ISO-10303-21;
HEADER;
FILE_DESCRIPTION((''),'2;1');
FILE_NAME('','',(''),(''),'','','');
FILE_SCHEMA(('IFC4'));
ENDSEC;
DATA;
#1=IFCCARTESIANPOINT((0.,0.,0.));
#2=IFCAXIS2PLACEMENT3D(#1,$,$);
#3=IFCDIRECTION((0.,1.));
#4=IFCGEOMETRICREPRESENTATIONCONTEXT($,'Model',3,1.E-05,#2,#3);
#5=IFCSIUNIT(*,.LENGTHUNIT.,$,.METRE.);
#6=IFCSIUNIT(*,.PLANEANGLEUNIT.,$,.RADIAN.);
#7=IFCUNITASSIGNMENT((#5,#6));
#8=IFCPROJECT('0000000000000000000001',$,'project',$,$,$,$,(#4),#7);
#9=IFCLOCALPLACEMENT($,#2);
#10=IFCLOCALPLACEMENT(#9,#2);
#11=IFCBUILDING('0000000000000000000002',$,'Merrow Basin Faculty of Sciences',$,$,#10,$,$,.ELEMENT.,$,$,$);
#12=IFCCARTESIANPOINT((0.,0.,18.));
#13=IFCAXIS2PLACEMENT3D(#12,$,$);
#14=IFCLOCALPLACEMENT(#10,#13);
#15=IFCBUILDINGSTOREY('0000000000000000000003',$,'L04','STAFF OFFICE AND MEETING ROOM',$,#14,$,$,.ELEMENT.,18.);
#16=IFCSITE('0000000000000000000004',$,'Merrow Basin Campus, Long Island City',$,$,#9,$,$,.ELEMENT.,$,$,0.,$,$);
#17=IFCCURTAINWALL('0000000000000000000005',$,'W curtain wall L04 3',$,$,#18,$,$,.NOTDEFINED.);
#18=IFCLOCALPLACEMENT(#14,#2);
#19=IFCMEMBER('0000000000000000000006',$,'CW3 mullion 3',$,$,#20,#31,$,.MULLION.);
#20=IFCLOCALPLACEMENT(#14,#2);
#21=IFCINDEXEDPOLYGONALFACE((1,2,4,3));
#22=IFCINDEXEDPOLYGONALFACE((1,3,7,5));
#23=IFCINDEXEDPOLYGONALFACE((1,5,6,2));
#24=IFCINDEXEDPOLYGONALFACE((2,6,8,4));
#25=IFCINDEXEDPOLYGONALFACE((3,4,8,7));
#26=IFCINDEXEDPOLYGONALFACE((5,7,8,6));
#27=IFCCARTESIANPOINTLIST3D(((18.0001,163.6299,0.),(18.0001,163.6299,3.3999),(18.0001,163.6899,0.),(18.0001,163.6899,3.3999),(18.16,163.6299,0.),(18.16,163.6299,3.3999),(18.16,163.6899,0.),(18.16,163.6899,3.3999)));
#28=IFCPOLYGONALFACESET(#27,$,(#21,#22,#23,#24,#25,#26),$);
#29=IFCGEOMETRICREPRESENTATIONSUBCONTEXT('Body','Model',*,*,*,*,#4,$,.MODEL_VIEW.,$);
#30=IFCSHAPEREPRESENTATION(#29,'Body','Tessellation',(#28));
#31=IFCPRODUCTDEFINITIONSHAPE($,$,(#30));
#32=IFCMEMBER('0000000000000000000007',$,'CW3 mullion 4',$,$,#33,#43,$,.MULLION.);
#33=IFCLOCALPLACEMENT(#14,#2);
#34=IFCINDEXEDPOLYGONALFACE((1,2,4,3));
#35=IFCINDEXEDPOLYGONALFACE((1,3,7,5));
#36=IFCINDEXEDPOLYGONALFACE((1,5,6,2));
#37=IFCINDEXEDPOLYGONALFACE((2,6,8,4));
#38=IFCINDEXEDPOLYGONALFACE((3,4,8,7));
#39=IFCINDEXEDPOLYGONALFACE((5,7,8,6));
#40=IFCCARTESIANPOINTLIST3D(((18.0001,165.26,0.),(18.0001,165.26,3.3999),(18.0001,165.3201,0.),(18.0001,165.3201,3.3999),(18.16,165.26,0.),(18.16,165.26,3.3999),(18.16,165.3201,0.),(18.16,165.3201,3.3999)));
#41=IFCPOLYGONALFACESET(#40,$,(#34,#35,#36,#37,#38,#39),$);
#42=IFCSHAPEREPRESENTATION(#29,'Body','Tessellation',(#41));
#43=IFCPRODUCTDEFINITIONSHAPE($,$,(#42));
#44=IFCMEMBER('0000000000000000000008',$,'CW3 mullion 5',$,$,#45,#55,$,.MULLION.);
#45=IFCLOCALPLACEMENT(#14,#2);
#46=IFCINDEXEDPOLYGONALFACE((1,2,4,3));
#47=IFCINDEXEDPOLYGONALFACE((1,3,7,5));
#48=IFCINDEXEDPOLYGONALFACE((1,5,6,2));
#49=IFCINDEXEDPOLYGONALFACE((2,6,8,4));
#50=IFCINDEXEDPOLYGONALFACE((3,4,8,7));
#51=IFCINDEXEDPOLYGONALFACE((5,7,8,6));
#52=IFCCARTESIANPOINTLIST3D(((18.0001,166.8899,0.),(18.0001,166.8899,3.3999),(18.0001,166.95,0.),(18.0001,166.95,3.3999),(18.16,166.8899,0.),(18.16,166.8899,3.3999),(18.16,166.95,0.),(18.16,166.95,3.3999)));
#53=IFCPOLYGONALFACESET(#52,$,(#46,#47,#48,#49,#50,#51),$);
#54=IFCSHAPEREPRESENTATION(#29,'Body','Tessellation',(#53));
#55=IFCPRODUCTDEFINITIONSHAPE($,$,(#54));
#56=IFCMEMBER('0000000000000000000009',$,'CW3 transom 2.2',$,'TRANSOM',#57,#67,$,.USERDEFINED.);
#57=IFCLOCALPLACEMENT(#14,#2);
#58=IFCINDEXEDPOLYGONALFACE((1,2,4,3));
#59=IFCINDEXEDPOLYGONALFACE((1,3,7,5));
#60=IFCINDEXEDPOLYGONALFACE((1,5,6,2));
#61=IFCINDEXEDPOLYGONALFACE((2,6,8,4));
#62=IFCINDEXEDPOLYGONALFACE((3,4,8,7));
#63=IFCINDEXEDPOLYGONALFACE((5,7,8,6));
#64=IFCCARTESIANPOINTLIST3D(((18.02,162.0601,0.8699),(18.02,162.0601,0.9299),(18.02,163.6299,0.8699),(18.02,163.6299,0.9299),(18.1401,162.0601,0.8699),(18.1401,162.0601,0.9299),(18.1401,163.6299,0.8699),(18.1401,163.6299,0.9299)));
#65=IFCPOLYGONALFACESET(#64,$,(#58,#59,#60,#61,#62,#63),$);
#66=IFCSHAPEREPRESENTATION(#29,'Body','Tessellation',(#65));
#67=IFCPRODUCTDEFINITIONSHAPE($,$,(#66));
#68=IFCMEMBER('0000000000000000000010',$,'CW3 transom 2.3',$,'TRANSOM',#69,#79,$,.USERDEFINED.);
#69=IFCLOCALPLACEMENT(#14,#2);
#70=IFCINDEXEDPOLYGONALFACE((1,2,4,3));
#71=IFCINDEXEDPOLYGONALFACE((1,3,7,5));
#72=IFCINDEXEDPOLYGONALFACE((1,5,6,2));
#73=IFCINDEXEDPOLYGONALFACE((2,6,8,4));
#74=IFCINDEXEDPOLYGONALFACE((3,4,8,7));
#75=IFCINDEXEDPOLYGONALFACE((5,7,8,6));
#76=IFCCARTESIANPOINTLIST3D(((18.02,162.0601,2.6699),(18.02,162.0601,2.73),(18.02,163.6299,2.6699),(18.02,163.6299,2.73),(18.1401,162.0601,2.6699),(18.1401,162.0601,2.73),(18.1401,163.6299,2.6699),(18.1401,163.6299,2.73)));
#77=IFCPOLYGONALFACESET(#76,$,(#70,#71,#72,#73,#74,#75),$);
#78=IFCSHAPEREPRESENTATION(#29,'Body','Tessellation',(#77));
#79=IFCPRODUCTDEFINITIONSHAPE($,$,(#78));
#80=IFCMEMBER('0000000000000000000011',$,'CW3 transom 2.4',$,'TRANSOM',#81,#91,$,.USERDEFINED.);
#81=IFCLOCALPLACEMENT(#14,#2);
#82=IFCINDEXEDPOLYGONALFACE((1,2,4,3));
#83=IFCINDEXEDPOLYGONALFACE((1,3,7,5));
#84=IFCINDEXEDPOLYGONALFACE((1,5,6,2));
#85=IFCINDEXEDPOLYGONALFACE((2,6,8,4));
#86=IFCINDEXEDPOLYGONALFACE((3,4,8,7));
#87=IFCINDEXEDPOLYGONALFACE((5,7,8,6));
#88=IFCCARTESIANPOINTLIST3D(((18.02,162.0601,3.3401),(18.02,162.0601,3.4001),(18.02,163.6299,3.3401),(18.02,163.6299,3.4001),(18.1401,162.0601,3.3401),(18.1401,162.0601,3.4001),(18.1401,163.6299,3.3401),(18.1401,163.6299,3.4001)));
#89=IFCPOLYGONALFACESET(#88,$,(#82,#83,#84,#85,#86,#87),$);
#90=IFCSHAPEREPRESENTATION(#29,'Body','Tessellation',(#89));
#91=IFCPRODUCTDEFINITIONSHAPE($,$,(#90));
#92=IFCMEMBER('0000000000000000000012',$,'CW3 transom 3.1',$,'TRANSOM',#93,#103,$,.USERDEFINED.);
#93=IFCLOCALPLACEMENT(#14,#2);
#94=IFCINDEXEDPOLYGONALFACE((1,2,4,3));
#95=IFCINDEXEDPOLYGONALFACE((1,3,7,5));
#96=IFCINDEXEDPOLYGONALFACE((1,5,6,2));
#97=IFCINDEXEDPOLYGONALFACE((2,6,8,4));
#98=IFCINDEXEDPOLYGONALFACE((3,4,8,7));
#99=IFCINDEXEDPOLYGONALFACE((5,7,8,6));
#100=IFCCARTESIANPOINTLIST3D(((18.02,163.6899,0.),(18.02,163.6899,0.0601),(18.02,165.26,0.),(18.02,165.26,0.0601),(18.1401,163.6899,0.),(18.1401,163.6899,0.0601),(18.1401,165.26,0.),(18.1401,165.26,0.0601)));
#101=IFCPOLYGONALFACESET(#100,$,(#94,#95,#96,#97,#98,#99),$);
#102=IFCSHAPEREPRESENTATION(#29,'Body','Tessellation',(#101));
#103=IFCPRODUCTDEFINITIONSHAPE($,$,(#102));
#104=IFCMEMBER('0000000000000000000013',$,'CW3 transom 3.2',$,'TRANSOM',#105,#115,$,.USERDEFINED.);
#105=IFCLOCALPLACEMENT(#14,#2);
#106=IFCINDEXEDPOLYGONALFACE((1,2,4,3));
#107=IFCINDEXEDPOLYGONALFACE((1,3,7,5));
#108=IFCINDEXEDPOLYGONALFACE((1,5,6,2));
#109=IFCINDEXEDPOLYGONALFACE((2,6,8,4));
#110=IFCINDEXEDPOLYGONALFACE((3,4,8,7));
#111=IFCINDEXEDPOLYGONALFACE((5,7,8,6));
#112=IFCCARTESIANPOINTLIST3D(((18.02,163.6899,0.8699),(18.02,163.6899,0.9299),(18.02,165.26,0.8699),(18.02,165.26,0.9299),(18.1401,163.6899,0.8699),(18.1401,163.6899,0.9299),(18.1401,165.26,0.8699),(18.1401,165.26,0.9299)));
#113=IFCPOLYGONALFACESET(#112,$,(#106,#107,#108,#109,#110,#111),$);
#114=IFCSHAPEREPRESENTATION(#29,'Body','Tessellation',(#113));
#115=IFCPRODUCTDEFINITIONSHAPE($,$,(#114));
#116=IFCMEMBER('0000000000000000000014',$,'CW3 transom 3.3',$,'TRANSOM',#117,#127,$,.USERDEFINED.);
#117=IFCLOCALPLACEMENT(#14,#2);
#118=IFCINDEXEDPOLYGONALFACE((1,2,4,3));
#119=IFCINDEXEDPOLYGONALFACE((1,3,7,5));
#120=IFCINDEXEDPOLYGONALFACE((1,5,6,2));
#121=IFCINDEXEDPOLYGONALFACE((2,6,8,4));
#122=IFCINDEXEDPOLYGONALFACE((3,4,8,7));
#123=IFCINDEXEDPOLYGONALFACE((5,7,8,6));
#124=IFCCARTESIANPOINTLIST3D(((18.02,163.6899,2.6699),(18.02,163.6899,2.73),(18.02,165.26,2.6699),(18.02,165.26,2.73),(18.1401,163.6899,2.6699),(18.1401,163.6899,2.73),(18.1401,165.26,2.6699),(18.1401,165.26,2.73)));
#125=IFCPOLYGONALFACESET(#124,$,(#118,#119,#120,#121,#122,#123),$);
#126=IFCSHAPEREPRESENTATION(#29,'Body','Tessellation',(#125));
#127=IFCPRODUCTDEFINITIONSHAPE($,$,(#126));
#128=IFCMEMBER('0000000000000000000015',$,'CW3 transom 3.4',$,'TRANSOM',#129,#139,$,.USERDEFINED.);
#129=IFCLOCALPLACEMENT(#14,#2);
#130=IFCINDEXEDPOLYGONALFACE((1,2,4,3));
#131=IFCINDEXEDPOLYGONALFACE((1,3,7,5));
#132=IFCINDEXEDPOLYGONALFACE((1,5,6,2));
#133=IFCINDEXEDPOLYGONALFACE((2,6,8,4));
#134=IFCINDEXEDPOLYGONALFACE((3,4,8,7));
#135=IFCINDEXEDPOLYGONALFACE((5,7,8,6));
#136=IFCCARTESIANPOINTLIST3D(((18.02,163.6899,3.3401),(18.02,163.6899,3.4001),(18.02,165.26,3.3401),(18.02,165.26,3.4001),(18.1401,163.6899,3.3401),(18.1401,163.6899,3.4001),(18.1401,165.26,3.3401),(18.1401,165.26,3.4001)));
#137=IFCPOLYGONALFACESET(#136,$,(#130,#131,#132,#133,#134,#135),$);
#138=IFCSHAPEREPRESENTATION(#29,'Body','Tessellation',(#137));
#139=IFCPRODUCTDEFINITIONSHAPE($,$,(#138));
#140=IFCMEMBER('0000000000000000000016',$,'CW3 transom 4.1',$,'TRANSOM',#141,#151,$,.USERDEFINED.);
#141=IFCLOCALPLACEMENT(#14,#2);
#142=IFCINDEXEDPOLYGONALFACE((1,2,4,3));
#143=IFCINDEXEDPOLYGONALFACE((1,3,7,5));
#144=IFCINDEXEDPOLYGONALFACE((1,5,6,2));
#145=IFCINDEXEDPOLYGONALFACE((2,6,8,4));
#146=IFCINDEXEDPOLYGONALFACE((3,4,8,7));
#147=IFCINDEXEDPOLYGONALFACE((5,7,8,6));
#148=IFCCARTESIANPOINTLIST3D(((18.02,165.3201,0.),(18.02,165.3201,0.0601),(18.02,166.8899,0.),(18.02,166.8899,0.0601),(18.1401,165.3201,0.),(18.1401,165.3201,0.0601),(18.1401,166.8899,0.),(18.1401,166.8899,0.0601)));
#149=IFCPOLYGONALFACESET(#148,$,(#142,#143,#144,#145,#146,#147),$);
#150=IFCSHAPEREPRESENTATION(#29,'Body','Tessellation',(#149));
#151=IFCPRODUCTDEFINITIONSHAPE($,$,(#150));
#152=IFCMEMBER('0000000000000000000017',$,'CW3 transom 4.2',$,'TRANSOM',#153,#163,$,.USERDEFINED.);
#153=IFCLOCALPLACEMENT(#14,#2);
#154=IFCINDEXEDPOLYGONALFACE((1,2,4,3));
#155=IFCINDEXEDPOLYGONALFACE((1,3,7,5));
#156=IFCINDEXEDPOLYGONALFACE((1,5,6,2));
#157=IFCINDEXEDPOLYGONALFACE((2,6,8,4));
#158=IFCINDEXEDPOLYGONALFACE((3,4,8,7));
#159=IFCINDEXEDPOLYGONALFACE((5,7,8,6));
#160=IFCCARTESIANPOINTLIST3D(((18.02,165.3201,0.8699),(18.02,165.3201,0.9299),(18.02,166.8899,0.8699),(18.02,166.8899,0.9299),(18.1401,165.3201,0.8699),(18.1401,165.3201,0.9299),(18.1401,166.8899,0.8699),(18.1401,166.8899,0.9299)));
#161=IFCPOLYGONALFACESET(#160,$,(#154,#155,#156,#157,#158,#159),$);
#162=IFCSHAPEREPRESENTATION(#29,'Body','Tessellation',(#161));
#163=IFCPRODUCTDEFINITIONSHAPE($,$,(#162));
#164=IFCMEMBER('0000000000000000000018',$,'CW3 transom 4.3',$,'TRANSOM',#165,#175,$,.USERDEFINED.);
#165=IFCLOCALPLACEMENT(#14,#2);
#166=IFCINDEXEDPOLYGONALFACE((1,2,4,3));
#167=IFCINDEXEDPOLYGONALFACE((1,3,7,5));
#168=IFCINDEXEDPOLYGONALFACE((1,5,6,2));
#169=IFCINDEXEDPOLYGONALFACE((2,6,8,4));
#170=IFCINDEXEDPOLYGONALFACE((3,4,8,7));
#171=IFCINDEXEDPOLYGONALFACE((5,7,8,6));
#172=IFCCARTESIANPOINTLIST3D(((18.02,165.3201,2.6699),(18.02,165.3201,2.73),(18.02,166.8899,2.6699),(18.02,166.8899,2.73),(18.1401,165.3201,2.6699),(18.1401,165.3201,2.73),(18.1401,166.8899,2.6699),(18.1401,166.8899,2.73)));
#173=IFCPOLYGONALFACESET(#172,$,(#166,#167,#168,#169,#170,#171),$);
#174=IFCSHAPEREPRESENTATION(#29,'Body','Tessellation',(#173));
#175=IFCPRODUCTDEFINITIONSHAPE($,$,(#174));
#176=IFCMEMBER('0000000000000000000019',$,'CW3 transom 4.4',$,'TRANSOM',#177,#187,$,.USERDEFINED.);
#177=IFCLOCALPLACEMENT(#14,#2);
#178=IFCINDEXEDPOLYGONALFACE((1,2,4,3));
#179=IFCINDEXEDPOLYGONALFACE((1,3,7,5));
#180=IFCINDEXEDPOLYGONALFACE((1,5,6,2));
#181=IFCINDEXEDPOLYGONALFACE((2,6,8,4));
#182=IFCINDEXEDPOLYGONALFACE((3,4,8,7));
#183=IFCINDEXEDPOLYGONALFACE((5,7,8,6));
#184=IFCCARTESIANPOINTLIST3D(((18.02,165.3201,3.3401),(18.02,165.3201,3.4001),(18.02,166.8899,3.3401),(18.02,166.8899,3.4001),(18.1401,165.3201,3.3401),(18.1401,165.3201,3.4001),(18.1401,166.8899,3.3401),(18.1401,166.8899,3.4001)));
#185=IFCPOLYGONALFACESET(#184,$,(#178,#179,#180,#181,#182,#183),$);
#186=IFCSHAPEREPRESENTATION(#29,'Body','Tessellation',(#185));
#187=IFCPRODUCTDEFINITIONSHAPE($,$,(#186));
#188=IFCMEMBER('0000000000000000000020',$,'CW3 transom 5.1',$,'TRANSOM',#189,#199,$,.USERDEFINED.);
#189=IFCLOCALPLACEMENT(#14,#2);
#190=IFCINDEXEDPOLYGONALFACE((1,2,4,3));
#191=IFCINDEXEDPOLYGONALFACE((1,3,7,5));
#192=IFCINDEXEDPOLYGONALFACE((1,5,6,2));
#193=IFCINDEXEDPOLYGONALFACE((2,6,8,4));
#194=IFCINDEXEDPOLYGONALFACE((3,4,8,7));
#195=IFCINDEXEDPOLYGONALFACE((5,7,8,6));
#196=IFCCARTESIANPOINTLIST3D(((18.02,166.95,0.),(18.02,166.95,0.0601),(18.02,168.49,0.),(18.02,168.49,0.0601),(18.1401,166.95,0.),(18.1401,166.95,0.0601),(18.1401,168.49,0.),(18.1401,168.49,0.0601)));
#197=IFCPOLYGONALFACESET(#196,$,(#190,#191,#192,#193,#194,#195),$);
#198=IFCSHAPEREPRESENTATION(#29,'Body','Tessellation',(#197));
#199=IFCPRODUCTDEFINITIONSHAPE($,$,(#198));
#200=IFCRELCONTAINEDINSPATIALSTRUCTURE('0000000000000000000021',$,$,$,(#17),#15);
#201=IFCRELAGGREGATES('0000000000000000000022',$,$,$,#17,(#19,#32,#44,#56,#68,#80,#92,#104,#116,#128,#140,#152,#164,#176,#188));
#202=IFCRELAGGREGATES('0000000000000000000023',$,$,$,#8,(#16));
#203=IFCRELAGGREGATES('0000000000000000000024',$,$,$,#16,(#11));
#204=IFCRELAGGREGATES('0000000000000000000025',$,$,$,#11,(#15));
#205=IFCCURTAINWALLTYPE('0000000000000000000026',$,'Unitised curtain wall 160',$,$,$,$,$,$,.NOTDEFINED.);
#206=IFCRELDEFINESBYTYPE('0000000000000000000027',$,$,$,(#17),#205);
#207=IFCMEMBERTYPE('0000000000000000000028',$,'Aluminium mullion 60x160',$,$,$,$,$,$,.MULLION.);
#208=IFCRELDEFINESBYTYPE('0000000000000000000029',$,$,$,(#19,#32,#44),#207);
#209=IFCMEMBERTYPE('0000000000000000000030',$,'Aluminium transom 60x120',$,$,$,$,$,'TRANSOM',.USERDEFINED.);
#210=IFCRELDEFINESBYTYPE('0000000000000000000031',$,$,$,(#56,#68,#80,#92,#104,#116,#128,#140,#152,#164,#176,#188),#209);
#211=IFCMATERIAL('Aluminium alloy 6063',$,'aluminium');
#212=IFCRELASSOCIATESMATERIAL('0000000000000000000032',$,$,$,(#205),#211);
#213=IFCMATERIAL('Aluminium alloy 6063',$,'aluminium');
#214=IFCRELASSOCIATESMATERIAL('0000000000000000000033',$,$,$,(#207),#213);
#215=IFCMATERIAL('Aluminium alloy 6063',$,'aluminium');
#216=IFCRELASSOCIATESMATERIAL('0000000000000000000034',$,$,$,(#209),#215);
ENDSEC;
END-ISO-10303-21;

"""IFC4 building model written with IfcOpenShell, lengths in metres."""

from ifc_helpers import new_model, si_unit, direction, frame, origin, origin_2d, place, context, subcontext, project, spatial, rectangle, extrude, material, material_profile, profile_set, type_object, element, aggregate, save


model = new_model("IFC4")

# Units and contexts
model_context = context("Model", 3, precision=1e-05, world=origin(), true_north=direction((0.0, 1.0)))
body_context = subcontext(model_context, "Body", "Model", "MODEL_VIEW")
ifc_project = project(units=[si_unit("LENGTHUNIT", "METRE"), si_unit("PLANEANGLEUNIT", "RADIAN")], contexts=[model_context])

# Site, building, storey
site_placement = place(None, origin())
site = spatial("IfcSite", under=ifc_project, at=site_placement, Name="Merrow Basin Campus, Long Island City", CompositionType="ELEMENT", RefElevation=0.0)
building_placement = place(site_placement, origin())
building = spatial("IfcBuilding", under=site, at=building_placement, Name="Merrow Basin Faculty of Sciences", CompositionType="ELEMENT")
storey_placement = place(building_placement, frame((0.0, 0.0, 18.0)))
storey = spatial("IfcBuildingStorey", under=building, at=storey_placement, Name="L04", Description="STAFF OFFICE AND MEETING ROOM", CompositionType="ELEMENT", Elevation=18.0)

# Curtain wall, members
ifc_material_1 = material(Name="Aluminium alloy 6063", Category="aluminium")
curtain_wall_type = type_object("IfcCurtainWallType", Name="Unitised curtain wall 160", PredefinedType="NOTDEFINED", material=ifc_material_1)
curtain_wall_placement = place(storey_placement, origin())
curtain_wall = element("IfcCurtainWall", 1, at=curtain_wall_placement, inside=storey, type_object=curtain_wall_type, Name="W curtain wall L04 3", PredefinedType="NOTDEFINED")
ifc_material_2 = material(Name="Aluminium alloy 6063", Category="aluminium")
ifc_material_profile_1 = material_profile(ifc_material_2, rectangle(XDim=0.1599, YDim=0.0601, at=origin_2d()))
ifc_profile_set_1 = profile_set([ifc_material_profile_1], Name="Aluminium alloy 6063")
member_type_1 = type_object("IfcMemberType", Name="Aluminium mullion 60x160", PredefinedType="MULLION", material=ifc_profile_set_1)
member_1_placement = place(storey_placement, frame((18.0801, 163.6599, 0.0), z_axis=(0.0, 0.0, 1.0), x_axis=(-1.0, 0.0, 0.0)))
member_1 = element("IfcMember", 2, at=member_1_placement, type_object=member_type_1, Name="CW3 mullion 3", PredefinedType="MULLION", context=body_context, shape_type="SweptSolid", body=[
    extrude(rectangle(XDim=0.1599, YDim=0.0601, at=origin_2d()), origin(), (0.0, 0.0, 1.0), 3.3999),
])
member_2_placement = place(storey_placement, frame((18.0801, 165.29, 0.0), z_axis=(0.0, 0.0, 1.0), x_axis=(-1.0, 0.0, 0.0)))
member_2 = element("IfcMember", 3, at=member_2_placement, type_object=member_type_1, Name="CW3 mullion 4", PredefinedType="MULLION", context=body_context, shape_type="SweptSolid", body=[
    extrude(rectangle(XDim=0.1599, YDim=0.0601, at=origin_2d()), origin(), (0.0, 0.0, 1.0), 3.3999),
])
member_3_placement = place(storey_placement, frame((18.0801, 166.9199, 0.0), z_axis=(0.0, 0.0, 1.0), x_axis=(-1.0, 0.0, 0.0)))
member_3 = element("IfcMember", 4, at=member_3_placement, type_object=member_type_1, Name="CW3 mullion 5", PredefinedType="MULLION", context=body_context, shape_type="SweptSolid", body=[
    extrude(rectangle(XDim=0.1599, YDim=0.0601, at=origin_2d()), origin(), (0.0, 0.0, 1.0), 3.3999),
])
ifc_material_3 = material(Name="Aluminium alloy 6063", Category="aluminium")
ifc_material_profile_2 = material_profile(ifc_material_3, rectangle(XDim=0.1201, YDim=0.0601, at=origin_2d()))
ifc_profile_set_2 = profile_set([ifc_material_profile_2], Name="Aluminium alloy 6063")
member_type_2 = type_object("IfcMemberType", Name="Aluminium transom 60x120", ElementType="TRANSOM", PredefinedType="USERDEFINED", material=ifc_profile_set_2)
member_4_placement = place(storey_placement, frame((18.0801, 162.0601, 0.8999), z_axis=(0.0, 1.0, 0.0), x_axis=(-1.0, 0.0, 0.0)))
member_4 = element("IfcMember", 5, at=member_4_placement, type_object=member_type_2, Name="CW3 transom 2.2", ObjectType="TRANSOM", PredefinedType="USERDEFINED", context=body_context, shape_type="SweptSolid", body=[
    extrude(rectangle(XDim=0.1201, YDim=0.0601, at=origin_2d()), origin(), (0.0, 0.0, 1.0), 1.5698),
])
member_5_placement = place(storey_placement, frame((18.0801, 162.0601, 2.7), z_axis=(0.0, 1.0, 0.0), x_axis=(-1.0, 0.0, 0.0)))
member_5 = element("IfcMember", 6, at=member_5_placement, type_object=member_type_2, Name="CW3 transom 2.3", ObjectType="TRANSOM", PredefinedType="USERDEFINED", context=body_context, shape_type="SweptSolid", body=[
    extrude(rectangle(XDim=0.1201, YDim=0.0601, at=origin_2d()), origin(), (0.0, 0.0, 1.0), 1.5698),
])
member_6_placement = place(storey_placement, frame((18.0801, 162.0601, 3.3701), z_axis=(0.0, 1.0, 0.0), x_axis=(-1.0, 0.0, 0.0)))
member_6 = element("IfcMember", 7, at=member_6_placement, type_object=member_type_2, Name="CW3 transom 2.4", ObjectType="TRANSOM", PredefinedType="USERDEFINED", context=body_context, shape_type="SweptSolid", body=[
    extrude(rectangle(XDim=0.1201, YDim=0.0601, at=origin_2d()), origin(), (0.0, 0.0, 1.0), 1.5698),
])
member_7_placement = place(storey_placement, frame((18.0801, 163.6899, 0.03), z_axis=(0.0, 1.0, 0.0), x_axis=(-1.0, 0.0, 0.0)))
member_7 = element("IfcMember", 8, at=member_7_placement, type_object=member_type_2, Name="CW3 transom 3.1", ObjectType="TRANSOM", PredefinedType="USERDEFINED", context=body_context, shape_type="SweptSolid", body=[
    extrude(rectangle(XDim=0.1201, YDim=0.0601, at=origin_2d()), origin(), (0.0, 0.0, 1.0), 1.5701),
])
member_8_placement = place(storey_placement, frame((18.0801, 163.6899, 0.8999), z_axis=(0.0, 1.0, 0.0), x_axis=(-1.0, 0.0, 0.0)))
member_8 = element("IfcMember", 9, at=member_8_placement, type_object=member_type_2, Name="CW3 transom 3.2", ObjectType="TRANSOM", PredefinedType="USERDEFINED", context=body_context, shape_type="SweptSolid", body=[
    extrude(rectangle(XDim=0.1201, YDim=0.0601, at=origin_2d()), origin(), (0.0, 0.0, 1.0), 1.5701),
])
member_9_placement = place(storey_placement, frame((18.0801, 163.6899, 2.7), z_axis=(0.0, 1.0, 0.0), x_axis=(-1.0, 0.0, 0.0)))
member_9 = element("IfcMember", 10, at=member_9_placement, type_object=member_type_2, Name="CW3 transom 3.3", ObjectType="TRANSOM", PredefinedType="USERDEFINED", context=body_context, shape_type="SweptSolid", body=[
    extrude(rectangle(XDim=0.1201, YDim=0.0601, at=origin_2d()), origin(), (0.0, 0.0, 1.0), 1.5701),
])
member_10_placement = place(storey_placement, frame((18.0801, 163.6899, 3.3701), z_axis=(0.0, 1.0, 0.0), x_axis=(-1.0, 0.0, 0.0)))
member_10 = element("IfcMember", 11, at=member_10_placement, type_object=member_type_2, Name="CW3 transom 3.4", ObjectType="TRANSOM", PredefinedType="USERDEFINED", context=body_context, shape_type="SweptSolid", body=[
    extrude(rectangle(XDim=0.1201, YDim=0.0601, at=origin_2d()), origin(), (0.0, 0.0, 1.0), 1.5701),
])
member_11_placement = place(storey_placement, frame((18.0801, 165.3201, 0.03), z_axis=(0.0, 1.0, 0.0), x_axis=(-1.0, 0.0, 0.0)))
member_11 = element("IfcMember", 12, at=member_11_placement, type_object=member_type_2, Name="CW3 transom 4.1", ObjectType="TRANSOM", PredefinedType="USERDEFINED", context=body_context, shape_type="SweptSolid", body=[
    extrude(rectangle(XDim=0.1201, YDim=0.0601, at=origin_2d()), origin(), (0.0, 0.0, 1.0), 1.5698),
])
member_12_placement = place(storey_placement, frame((18.0801, 165.3201, 0.8999), z_axis=(0.0, 1.0, 0.0), x_axis=(-1.0, 0.0, 0.0)))
member_12 = element("IfcMember", 13, at=member_12_placement, type_object=member_type_2, Name="CW3 transom 4.2", ObjectType="TRANSOM", PredefinedType="USERDEFINED", context=body_context, shape_type="SweptSolid", body=[
    extrude(rectangle(XDim=0.1201, YDim=0.0601, at=origin_2d()), origin(), (0.0, 0.0, 1.0), 1.5698),
])
member_13_placement = place(storey_placement, frame((18.0801, 165.3201, 2.7), z_axis=(0.0, 1.0, 0.0), x_axis=(-1.0, 0.0, 0.0)))
member_13 = element("IfcMember", 14, at=member_13_placement, type_object=member_type_2, Name="CW3 transom 4.3", ObjectType="TRANSOM", PredefinedType="USERDEFINED", context=body_context, shape_type="SweptSolid", body=[
    extrude(rectangle(XDim=0.1201, YDim=0.0601, at=origin_2d()), origin(), (0.0, 0.0, 1.0), 1.5698),
])
member_14_placement = place(storey_placement, frame((18.0801, 165.3201, 3.3701), z_axis=(0.0, 1.0, 0.0), x_axis=(-1.0, 0.0, 0.0)))
member_14 = element("IfcMember", 15, at=member_14_placement, type_object=member_type_2, Name="CW3 transom 4.4", ObjectType="TRANSOM", PredefinedType="USERDEFINED", context=body_context, shape_type="SweptSolid", body=[
    extrude(rectangle(XDim=0.1201, YDim=0.0601, at=origin_2d()), origin(), (0.0, 0.0, 1.0), 1.5698),
])
member_15_placement = place(storey_placement, frame((18.0801, 166.95, 0.03), z_axis=(0.0, 1.0, 0.0), x_axis=(-1.0, 0.0, 0.0)))
member_15 = element("IfcMember", 16, at=member_15_placement, type_object=member_type_2, Name="CW3 transom 5.1", ObjectType="TRANSOM", PredefinedType="USERDEFINED", context=body_context, shape_type="SweptSolid", body=[
    extrude(rectangle(XDim=0.1201, YDim=0.0601, at=origin_2d()), origin(), (0.0, 0.0, 1.0), 1.54),
])
aggregate(curtain_wall, [member_1, member_2, member_3, member_4, member_5, member_6, member_7, member_8, member_9, member_10, member_11, member_12, member_13, member_14, member_15])

save(model, "model.ifc")
